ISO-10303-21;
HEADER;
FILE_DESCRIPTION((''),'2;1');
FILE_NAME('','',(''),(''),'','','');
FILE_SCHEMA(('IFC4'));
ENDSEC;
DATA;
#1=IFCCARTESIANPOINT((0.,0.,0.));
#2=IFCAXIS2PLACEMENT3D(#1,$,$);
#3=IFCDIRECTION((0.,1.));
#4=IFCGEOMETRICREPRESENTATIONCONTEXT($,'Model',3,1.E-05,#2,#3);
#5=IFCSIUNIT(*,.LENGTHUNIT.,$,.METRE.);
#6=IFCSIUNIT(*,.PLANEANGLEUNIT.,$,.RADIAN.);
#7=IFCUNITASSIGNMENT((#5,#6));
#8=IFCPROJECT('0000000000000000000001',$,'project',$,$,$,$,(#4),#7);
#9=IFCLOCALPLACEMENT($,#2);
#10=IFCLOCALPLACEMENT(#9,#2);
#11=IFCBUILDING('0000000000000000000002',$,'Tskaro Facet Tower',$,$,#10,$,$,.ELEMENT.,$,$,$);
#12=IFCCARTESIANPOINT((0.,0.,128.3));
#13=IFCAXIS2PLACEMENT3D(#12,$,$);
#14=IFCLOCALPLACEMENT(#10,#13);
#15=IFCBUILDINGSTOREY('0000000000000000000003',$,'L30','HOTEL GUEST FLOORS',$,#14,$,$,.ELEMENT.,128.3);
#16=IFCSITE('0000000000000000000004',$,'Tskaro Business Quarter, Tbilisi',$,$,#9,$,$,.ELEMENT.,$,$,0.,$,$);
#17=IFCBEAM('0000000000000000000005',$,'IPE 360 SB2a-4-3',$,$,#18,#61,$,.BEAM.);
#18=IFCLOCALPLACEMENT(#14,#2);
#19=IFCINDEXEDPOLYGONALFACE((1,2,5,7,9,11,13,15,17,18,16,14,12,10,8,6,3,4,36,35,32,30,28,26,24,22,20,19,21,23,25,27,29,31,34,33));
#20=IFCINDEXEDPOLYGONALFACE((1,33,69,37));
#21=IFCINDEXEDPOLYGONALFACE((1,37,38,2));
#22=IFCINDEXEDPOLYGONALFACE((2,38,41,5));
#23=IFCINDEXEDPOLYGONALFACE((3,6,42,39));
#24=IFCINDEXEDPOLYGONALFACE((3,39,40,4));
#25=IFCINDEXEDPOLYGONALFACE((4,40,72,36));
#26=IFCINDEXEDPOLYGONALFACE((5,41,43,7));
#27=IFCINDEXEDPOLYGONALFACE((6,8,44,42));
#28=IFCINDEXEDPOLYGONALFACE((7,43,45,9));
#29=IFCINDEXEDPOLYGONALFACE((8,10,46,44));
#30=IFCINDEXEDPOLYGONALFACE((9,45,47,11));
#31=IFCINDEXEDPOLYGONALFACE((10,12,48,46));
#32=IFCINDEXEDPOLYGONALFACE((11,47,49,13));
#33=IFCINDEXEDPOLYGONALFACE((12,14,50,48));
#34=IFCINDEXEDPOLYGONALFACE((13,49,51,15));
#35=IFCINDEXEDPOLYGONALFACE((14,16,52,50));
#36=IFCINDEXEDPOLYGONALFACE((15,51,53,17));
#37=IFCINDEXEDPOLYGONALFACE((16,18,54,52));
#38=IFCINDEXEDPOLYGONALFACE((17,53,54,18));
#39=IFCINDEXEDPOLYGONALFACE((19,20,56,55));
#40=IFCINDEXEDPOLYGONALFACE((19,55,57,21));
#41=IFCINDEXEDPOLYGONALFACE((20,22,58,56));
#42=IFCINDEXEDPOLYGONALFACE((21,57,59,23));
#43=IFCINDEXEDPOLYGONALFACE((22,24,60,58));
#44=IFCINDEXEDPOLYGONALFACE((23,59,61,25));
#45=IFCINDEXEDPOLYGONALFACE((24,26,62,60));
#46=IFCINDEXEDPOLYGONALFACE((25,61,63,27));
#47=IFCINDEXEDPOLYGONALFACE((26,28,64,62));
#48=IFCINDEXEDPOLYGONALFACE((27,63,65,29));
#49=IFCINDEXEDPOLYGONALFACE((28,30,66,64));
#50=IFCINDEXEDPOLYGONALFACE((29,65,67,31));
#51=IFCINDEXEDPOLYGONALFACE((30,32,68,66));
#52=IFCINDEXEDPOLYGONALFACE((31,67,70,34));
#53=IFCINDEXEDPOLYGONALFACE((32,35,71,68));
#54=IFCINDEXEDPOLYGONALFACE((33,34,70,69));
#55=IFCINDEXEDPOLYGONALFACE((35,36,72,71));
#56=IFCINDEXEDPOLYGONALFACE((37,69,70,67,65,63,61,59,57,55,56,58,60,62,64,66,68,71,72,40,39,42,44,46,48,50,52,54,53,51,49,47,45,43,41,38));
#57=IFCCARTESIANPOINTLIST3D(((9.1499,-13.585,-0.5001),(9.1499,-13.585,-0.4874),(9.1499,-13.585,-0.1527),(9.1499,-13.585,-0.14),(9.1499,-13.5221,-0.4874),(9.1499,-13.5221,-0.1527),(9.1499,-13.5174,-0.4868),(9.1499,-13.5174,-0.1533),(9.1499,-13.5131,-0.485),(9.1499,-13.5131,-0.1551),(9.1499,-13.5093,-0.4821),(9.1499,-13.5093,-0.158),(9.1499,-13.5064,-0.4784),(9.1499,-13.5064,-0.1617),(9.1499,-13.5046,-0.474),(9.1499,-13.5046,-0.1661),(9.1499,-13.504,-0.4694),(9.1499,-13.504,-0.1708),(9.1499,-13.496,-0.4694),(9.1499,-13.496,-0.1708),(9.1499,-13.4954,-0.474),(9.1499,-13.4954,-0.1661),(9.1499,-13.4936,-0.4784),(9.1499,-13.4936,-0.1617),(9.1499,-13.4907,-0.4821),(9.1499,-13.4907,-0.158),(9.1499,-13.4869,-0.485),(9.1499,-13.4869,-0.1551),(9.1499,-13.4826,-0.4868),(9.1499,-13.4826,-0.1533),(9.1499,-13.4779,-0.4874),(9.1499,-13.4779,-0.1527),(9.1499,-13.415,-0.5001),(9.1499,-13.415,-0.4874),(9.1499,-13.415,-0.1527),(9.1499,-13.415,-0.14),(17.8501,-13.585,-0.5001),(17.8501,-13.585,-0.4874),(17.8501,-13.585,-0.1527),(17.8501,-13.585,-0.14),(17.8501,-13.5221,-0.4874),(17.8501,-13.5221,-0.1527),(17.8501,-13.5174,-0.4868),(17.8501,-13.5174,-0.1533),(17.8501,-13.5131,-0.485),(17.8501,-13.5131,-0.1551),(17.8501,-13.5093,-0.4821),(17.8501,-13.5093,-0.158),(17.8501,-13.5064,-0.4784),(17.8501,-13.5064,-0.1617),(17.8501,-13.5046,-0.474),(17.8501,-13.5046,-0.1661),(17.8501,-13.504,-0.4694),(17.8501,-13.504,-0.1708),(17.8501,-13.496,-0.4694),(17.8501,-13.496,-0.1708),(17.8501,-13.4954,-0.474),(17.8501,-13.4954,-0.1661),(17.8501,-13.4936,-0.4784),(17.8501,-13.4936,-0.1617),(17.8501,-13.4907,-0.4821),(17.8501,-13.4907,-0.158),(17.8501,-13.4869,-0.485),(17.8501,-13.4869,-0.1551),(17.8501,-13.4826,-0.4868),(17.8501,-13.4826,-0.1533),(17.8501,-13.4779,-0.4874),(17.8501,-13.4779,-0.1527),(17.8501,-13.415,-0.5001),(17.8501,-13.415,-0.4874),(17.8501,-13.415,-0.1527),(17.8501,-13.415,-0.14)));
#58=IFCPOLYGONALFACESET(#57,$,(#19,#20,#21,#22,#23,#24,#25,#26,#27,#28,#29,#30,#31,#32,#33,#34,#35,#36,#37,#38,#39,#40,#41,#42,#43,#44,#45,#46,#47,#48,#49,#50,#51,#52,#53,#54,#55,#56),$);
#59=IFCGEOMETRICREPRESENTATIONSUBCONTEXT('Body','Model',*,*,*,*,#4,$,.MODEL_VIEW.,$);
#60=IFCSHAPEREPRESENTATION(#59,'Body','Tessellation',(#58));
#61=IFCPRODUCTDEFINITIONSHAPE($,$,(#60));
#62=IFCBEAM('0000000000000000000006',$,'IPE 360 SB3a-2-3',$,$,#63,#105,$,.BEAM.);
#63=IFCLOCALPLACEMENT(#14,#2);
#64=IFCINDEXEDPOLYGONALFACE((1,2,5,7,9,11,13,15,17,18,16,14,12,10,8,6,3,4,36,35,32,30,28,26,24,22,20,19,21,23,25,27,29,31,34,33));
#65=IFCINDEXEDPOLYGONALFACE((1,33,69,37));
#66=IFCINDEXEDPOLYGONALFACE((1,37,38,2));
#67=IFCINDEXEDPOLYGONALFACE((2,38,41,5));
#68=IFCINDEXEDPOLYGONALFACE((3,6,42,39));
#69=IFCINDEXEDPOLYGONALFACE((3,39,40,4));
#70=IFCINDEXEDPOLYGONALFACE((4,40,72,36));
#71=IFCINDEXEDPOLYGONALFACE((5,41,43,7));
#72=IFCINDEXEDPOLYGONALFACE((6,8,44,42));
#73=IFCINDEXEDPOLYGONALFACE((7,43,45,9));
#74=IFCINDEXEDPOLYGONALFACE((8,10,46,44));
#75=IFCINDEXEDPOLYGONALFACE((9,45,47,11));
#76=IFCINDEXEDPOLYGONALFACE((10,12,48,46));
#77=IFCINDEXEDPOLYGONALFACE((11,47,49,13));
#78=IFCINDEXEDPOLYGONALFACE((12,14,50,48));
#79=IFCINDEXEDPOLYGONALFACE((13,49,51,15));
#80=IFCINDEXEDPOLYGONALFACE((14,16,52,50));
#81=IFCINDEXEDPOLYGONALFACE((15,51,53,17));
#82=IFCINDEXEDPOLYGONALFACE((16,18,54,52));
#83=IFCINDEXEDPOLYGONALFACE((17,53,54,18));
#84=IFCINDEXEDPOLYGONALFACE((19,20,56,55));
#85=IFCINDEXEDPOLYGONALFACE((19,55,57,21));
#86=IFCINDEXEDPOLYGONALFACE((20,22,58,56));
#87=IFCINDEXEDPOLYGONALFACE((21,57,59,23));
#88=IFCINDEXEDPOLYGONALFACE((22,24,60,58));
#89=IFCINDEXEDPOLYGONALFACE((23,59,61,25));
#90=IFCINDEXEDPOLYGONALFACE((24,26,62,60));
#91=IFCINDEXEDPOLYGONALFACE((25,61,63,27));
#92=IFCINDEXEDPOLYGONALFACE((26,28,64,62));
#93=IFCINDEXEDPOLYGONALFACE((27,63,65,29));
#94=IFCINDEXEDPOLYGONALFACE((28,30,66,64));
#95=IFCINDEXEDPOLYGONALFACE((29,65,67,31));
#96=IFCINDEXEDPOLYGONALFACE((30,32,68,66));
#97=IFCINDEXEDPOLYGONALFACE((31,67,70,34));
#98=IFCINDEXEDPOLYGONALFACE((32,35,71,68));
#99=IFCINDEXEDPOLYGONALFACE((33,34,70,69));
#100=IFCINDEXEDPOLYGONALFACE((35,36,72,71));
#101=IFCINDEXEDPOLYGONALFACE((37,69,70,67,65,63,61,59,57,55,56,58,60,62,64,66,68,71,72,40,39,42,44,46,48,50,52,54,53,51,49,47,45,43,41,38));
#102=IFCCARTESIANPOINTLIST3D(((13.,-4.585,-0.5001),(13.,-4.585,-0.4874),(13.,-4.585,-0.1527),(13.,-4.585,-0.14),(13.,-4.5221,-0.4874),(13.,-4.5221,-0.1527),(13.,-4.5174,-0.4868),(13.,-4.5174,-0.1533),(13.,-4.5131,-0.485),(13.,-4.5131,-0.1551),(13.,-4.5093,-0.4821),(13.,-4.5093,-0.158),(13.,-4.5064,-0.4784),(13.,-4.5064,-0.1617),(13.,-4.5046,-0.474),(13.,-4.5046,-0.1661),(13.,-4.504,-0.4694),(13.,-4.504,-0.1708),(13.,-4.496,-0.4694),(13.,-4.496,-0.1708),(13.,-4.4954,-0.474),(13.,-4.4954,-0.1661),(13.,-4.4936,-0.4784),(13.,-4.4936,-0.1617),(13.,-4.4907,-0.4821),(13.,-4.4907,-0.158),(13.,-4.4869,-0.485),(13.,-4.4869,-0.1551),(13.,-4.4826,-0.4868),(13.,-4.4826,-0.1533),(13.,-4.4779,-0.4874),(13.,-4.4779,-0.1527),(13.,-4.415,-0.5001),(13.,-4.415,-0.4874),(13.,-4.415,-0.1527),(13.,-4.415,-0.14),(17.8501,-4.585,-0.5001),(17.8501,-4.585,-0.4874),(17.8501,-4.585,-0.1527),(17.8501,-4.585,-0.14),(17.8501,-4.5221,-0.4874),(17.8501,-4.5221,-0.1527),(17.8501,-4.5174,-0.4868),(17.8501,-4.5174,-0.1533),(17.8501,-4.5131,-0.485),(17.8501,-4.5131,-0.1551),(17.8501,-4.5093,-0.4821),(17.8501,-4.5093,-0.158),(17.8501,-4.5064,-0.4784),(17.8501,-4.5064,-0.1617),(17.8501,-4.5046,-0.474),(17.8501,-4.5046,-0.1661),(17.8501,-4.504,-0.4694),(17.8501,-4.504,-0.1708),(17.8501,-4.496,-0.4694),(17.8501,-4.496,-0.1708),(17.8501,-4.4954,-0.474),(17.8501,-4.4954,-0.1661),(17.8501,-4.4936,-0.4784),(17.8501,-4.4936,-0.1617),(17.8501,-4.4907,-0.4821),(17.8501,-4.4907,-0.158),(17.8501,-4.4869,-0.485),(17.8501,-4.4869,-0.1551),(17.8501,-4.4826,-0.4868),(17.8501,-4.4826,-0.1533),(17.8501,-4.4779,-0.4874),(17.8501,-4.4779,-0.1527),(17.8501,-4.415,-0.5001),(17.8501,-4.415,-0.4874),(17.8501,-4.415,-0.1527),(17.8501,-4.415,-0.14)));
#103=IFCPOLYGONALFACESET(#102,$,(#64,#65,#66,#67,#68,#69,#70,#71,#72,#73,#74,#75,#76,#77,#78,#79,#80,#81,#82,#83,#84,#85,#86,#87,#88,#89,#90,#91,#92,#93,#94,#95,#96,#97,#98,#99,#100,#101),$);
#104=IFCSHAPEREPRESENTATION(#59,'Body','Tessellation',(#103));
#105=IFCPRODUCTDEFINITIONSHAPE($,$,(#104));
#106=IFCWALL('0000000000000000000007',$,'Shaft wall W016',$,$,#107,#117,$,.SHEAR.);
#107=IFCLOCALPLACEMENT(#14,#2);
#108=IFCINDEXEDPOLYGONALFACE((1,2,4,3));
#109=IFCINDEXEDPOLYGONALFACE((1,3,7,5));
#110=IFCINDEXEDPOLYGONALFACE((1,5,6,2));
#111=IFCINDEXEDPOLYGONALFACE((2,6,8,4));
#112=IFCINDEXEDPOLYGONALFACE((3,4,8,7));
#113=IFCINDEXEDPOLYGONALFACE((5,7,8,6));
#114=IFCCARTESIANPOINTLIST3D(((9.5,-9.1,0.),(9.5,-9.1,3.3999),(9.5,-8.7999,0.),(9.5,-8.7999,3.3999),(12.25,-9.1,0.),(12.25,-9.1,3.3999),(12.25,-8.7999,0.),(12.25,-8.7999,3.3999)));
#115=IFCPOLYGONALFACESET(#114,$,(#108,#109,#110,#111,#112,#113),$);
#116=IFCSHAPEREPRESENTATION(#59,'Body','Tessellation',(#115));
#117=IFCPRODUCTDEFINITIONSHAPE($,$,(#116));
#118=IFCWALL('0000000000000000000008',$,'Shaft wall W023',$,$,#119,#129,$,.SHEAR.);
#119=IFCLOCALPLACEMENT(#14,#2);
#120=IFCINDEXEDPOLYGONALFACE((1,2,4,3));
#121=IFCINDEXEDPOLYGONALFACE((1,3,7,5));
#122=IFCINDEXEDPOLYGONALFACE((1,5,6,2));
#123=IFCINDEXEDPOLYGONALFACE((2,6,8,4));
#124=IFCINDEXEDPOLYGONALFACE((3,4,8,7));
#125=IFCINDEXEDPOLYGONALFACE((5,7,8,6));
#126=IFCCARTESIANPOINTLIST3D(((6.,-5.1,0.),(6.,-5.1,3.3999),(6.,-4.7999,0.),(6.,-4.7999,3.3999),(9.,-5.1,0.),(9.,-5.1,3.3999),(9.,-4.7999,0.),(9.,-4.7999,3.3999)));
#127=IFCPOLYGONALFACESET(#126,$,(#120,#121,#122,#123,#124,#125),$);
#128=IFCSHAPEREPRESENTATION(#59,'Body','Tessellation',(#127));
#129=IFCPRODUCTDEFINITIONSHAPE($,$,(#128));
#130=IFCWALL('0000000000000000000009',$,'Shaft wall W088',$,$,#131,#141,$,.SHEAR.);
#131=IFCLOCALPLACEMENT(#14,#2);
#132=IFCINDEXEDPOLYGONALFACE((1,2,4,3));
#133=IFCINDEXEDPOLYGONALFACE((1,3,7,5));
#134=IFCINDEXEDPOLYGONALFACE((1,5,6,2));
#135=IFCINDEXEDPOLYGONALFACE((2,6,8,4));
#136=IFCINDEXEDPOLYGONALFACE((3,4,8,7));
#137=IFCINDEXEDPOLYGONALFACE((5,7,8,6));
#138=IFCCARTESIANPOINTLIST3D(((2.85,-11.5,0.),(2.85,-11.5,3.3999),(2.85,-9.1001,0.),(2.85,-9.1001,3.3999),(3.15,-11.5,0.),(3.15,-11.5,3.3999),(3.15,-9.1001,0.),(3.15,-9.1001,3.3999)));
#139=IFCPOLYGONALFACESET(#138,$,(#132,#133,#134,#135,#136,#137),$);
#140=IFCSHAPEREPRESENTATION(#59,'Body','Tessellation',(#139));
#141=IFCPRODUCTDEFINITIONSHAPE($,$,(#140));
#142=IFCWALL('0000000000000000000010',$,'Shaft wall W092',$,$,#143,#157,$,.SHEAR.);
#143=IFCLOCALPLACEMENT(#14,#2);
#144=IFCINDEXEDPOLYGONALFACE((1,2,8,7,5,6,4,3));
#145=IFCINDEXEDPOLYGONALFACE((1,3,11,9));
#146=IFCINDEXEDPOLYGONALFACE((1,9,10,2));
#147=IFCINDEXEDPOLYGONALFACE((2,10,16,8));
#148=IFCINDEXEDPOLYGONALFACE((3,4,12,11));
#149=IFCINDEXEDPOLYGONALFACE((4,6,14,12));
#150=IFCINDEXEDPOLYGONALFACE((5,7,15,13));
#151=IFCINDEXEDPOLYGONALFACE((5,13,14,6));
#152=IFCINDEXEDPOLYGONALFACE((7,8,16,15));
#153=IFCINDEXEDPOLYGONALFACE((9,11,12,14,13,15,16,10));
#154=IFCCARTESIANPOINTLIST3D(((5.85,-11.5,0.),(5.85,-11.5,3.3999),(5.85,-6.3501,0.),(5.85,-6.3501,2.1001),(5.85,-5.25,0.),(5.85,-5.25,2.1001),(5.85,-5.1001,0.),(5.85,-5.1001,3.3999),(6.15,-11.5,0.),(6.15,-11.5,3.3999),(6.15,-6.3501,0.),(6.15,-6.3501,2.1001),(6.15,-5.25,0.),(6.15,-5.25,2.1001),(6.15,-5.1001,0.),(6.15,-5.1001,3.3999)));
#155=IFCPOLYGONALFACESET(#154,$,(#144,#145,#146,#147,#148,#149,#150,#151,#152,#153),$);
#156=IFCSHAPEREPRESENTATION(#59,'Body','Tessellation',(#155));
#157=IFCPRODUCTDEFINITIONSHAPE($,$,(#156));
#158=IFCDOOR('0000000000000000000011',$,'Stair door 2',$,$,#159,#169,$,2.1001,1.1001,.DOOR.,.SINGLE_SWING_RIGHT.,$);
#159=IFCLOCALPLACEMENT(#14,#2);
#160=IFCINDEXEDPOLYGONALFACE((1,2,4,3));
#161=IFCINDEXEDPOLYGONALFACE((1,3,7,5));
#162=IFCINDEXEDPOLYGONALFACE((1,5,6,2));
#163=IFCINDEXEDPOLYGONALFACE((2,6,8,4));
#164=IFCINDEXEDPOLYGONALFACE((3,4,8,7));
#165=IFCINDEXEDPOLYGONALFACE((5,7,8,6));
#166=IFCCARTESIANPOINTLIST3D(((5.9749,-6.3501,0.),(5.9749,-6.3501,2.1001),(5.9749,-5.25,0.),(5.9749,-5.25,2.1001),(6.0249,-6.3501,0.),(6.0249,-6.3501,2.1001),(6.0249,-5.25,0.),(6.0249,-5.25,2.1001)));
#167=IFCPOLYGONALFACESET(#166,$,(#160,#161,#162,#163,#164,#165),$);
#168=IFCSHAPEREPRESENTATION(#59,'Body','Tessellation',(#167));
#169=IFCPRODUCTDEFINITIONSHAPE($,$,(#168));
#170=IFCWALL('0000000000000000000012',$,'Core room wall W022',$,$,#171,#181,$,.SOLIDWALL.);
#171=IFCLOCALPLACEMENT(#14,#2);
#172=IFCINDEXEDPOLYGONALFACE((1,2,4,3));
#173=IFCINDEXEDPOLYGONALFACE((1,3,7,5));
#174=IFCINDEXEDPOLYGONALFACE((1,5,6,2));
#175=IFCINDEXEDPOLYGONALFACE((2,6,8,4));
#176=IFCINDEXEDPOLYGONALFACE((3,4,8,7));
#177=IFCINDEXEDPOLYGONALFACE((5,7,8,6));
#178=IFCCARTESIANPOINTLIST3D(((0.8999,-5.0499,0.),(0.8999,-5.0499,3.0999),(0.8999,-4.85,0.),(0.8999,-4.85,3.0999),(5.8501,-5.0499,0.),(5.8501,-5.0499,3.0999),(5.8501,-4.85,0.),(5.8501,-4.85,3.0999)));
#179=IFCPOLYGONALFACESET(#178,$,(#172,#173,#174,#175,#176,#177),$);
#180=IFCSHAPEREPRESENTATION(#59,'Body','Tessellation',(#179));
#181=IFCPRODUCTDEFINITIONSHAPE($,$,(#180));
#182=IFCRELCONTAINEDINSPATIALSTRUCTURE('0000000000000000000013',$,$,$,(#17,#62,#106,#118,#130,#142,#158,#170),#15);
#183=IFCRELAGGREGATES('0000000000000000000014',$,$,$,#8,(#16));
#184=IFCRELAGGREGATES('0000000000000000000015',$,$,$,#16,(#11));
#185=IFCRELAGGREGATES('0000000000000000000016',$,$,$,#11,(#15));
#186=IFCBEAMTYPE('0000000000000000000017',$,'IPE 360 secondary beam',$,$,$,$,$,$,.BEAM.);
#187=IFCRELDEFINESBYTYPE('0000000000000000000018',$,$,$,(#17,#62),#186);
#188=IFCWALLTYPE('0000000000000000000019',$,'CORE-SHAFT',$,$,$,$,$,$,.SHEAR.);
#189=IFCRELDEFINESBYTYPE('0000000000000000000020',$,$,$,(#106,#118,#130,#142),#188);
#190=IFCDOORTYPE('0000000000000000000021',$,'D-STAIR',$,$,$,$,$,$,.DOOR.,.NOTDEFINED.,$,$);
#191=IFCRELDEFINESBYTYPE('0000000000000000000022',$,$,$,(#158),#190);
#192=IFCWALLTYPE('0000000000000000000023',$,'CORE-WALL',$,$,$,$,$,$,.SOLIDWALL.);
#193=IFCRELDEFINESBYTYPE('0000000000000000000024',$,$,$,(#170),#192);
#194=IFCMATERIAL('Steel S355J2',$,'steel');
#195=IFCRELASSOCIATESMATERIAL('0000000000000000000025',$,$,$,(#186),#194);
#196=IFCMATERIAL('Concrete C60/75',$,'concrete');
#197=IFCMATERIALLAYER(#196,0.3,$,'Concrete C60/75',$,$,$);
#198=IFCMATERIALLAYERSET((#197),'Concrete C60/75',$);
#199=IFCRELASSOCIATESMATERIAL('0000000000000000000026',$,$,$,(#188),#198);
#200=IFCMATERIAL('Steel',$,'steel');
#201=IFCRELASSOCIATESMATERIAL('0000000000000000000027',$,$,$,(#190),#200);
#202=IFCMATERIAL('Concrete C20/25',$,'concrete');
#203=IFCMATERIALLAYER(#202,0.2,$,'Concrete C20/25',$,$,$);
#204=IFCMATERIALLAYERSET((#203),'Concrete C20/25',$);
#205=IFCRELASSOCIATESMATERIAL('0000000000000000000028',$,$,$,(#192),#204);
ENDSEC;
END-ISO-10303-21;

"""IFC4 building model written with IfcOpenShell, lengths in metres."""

from ifc_helpers import new_model, si_unit, direction, frame, frame_2d, origin, origin_2d, place, context, subcontext, project, spatial, rectangle, i_section, extrude, material, layer, layer_set, material_profile, profile_set, type_object, element, fill, save


model = new_model("IFC4")

# Units and contexts
model_context = context("Model", 3, precision=1e-05, world=origin(), true_north=direction((0.0, 1.0)))
body_context = subcontext(model_context, "Body", "Model", "MODEL_VIEW")
ifc_project = project(units=[si_unit("LENGTHUNIT", "METRE"), si_unit("PLANEANGLEUNIT", "RADIAN")], contexts=[model_context])

# Site, building, storey
site_placement = place(None, origin())
site = spatial("IfcSite", under=ifc_project, at=site_placement, Name="Tskaro Business Quarter, Tbilisi", CompositionType="ELEMENT", RefElevation=0.0)
building_placement = place(site_placement, origin())
building = spatial("IfcBuilding", under=site, at=building_placement, Name="Tskaro Facet Tower", CompositionType="ELEMENT")
storey_placement = place(building_placement, frame((0.0, 0.0, 128.3)))
storey = spatial("IfcBuildingStorey", under=building, at=storey_placement, Name="L30", Description="HOTEL GUEST FLOORS", CompositionType="ELEMENT", Elevation=128.3)

# Beams
ifc_material_1 = material(Name="Steel S355J2", Category="steel")
ifc_material_profile = material_profile(ifc_material_1, i_section(OverallWidth=0.1699, OverallDepth=0.3601, WebThickness=0.0081, FlangeThickness=0.0127, FilletRadius=0.0181, at=origin_2d()), Name="IPE 360")
ifc_profile_set = profile_set([ifc_material_profile], Name="Steel S355J2")
beam_type = type_object("IfcBeamType", Name="IPE 360 secondary beam", PredefinedType="BEAM", material=ifc_profile_set)
beam_1_placement = place(storey_placement, frame((9.1499, -13.5, -0.3201), z_axis=(1.0, 0.0, 0.0), x_axis=(0.0, 1.0, 0.0)))
element("IfcBeam", 1, at=beam_1_placement, inside=storey, type_object=beam_type, Name="IPE 360 SB2a-4-3", PredefinedType="BEAM", context=body_context, shape_type="SweptSolid", body=[
    extrude(i_section(OverallWidth=0.1699, OverallDepth=0.3601, WebThickness=0.0081, FlangeThickness=0.0127, FilletRadius=0.0181, at=origin_2d()), origin(), (0.0, 0.0, 1.0), 8.7002),
])
beam_2_placement = place(storey_placement, frame((13.0, -4.5, -0.3201), z_axis=(1.0, 0.0, 0.0), x_axis=(0.0, 1.0, 0.0)))
element("IfcBeam", 2, at=beam_2_placement, inside=storey, type_object=beam_type, Name="IPE 360 SB3a-2-3", PredefinedType="BEAM", context=body_context, shape_type="SweptSolid", body=[
    extrude(i_section(OverallWidth=0.1699, OverallDepth=0.3601, WebThickness=0.0081, FlangeThickness=0.0127, FilletRadius=0.0181, at=origin_2d()), origin(), (0.0, 0.0, 1.0), 4.8501),
])

# Walls
ifc_material_2 = material(Name="Concrete C60/75", Category="concrete")
ifc_layer_1 = layer(ifc_material_2, 0.3, Name="Concrete C60/75")
ifc_layer_set_1 = layer_set([ifc_layer_1], Name="Concrete C60/75")
wall_type_1 = type_object("IfcWallType", Name="CORE-SHAFT", PredefinedType="SHEAR", material=ifc_layer_set_1)
wall_1_placement = place(storey_placement, frame((9.5, -8.95, 0.0), z_axis=(0.0, 0.0, 1.0), x_axis=(1.0, 0.0, 0.0)))
element("IfcWall", 3, at=wall_1_placement, inside=storey, type_object=wall_type_1, Name="Shaft wall W016", PredefinedType="SHEAR", context=body_context, shape_type="SweptSolid", body=[
    extrude(rectangle(XDim=2.75, YDim=0.3, at=frame_2d((1.375, 0.0))), origin(), (0.0, 0.0, 1.0), 3.3999),
])
wall_2_placement = place(storey_placement, frame((6.0, -4.95, 0.0), z_axis=(0.0, 0.0, 1.0), x_axis=(1.0, 0.0, 0.0)))
element("IfcWall", 4, at=wall_2_placement, inside=storey, type_object=wall_type_1, Name="Shaft wall W023", PredefinedType="SHEAR", context=body_context, shape_type="SweptSolid", body=[
    extrude(rectangle(XDim=3.0, YDim=0.3, at=frame_2d((1.5, 0.0))), origin(), (0.0, 0.0, 1.0), 3.3999),
])
wall_3_placement = place(storey_placement, frame((3.0, -11.5, 0.0), z_axis=(0.0, 0.0, 1.0), x_axis=(0.0, 1.0, 0.0)))
element("IfcWall", 5, at=wall_3_placement, inside=storey, type_object=wall_type_1, Name="Shaft wall W088", PredefinedType="SHEAR", context=body_context, shape_type="SweptSolid", body=[
    extrude(rectangle(XDim=2.3999, YDim=0.3, at=frame_2d((1.2, 0.0))), origin(), (0.0, 0.0, 1.0), 3.3999),
])

# Wall, opening, door
wall_4_placement = place(storey_placement, frame((6.0, -5.1001, 0.0), z_axis=(0.0, 0.0, 1.0), x_axis=(0.0, -1.0, 0.0)))
wall_4 = element("IfcWall", 6, at=wall_4_placement, inside=storey, type_object=wall_type_1, Name="Shaft wall W092", PredefinedType="SHEAR", context=body_context, shape_type="SweptSolid", body=[
    extrude(rectangle(XDim=6.3999, YDim=0.3, at=frame_2d((3.2, 0.0))), origin(), (0.0, 0.0, 1.0), 3.3999),
])
opening_1_placement = place(wall_4_placement, frame((0.1499, 0.0, 0.0)))
opening_1 = element("IfcOpeningElement", 7, at=opening_1_placement, cuts=wall_4, PredefinedType="OPENING", context=body_context, shape_type="SweptSolid", body=[
    extrude(rectangle(XDim=1.1001, YDim=2.1001, at=frame_2d((0.55, 1.05))), frame((0.0, 0.1599, 0.0), z_axis=(0.0, -1.0, 0.0), x_axis=(1.0, 0.0, 0.0)), (0.0, 0.0, 1.0), 0.3201),
])
ifc_material_3 = material(Name="Steel", Category="steel")
door_type_1 = type_object("IfcDoorType", Name="D-STAIR", OperationType="NOTDEFINED", PredefinedType="DOOR", material=ifc_material_3)
door_1_placement = place(opening_1_placement, origin())
door_1 = element("IfcDoor", 8, at=door_1_placement, inside=storey, type_object=door_type_1, Name="Stair door 2", OperationType="SINGLE_SWING_RIGHT", OverallHeight=2.1001, OverallWidth=1.1001, PredefinedType="DOOR", context=body_context, shape_type="SweptSolid", body=[
    extrude(rectangle(XDim=1.1001, YDim=2.1001, at=frame_2d((0.55, 1.05))), frame((0.0, 0.0249, 0.0), z_axis=(0.0, -1.0, 0.0), x_axis=(1.0, 0.0, 0.0)), (0.0, 0.0, 1.0), 0.05),
])
fill(opening_1, door_1)

# Wall
ifc_material_4 = material(Name="Concrete C20/25", Category="concrete")
ifc_layer_2 = layer(ifc_material_4, 0.2, Name="Concrete C20/25")
ifc_layer_set_2 = layer_set([ifc_layer_2], Name="Concrete C20/25")
wall_type_2 = type_object("IfcWallType", Name="CORE-WALL", PredefinedType="SOLIDWALL", material=ifc_layer_set_2)
wall_5_placement = place(storey_placement, frame((0.8999, -4.95, 0.0), z_axis=(0.0, 0.0, 1.0), x_axis=(1.0, 0.0, 0.0)))
element("IfcWall", 9, at=wall_5_placement, inside=storey, type_object=wall_type_2, Name="Core room wall W022", PredefinedType="SOLIDWALL", context=body_context, shape_type="SweptSolid", body=[
    extrude(rectangle(XDim=4.9502, YDim=0.2, at=frame_2d((2.4751, 0.0))), origin(), (0.0, 0.0, 1.0), 3.0999),
])

save(model, "model.ifc")
